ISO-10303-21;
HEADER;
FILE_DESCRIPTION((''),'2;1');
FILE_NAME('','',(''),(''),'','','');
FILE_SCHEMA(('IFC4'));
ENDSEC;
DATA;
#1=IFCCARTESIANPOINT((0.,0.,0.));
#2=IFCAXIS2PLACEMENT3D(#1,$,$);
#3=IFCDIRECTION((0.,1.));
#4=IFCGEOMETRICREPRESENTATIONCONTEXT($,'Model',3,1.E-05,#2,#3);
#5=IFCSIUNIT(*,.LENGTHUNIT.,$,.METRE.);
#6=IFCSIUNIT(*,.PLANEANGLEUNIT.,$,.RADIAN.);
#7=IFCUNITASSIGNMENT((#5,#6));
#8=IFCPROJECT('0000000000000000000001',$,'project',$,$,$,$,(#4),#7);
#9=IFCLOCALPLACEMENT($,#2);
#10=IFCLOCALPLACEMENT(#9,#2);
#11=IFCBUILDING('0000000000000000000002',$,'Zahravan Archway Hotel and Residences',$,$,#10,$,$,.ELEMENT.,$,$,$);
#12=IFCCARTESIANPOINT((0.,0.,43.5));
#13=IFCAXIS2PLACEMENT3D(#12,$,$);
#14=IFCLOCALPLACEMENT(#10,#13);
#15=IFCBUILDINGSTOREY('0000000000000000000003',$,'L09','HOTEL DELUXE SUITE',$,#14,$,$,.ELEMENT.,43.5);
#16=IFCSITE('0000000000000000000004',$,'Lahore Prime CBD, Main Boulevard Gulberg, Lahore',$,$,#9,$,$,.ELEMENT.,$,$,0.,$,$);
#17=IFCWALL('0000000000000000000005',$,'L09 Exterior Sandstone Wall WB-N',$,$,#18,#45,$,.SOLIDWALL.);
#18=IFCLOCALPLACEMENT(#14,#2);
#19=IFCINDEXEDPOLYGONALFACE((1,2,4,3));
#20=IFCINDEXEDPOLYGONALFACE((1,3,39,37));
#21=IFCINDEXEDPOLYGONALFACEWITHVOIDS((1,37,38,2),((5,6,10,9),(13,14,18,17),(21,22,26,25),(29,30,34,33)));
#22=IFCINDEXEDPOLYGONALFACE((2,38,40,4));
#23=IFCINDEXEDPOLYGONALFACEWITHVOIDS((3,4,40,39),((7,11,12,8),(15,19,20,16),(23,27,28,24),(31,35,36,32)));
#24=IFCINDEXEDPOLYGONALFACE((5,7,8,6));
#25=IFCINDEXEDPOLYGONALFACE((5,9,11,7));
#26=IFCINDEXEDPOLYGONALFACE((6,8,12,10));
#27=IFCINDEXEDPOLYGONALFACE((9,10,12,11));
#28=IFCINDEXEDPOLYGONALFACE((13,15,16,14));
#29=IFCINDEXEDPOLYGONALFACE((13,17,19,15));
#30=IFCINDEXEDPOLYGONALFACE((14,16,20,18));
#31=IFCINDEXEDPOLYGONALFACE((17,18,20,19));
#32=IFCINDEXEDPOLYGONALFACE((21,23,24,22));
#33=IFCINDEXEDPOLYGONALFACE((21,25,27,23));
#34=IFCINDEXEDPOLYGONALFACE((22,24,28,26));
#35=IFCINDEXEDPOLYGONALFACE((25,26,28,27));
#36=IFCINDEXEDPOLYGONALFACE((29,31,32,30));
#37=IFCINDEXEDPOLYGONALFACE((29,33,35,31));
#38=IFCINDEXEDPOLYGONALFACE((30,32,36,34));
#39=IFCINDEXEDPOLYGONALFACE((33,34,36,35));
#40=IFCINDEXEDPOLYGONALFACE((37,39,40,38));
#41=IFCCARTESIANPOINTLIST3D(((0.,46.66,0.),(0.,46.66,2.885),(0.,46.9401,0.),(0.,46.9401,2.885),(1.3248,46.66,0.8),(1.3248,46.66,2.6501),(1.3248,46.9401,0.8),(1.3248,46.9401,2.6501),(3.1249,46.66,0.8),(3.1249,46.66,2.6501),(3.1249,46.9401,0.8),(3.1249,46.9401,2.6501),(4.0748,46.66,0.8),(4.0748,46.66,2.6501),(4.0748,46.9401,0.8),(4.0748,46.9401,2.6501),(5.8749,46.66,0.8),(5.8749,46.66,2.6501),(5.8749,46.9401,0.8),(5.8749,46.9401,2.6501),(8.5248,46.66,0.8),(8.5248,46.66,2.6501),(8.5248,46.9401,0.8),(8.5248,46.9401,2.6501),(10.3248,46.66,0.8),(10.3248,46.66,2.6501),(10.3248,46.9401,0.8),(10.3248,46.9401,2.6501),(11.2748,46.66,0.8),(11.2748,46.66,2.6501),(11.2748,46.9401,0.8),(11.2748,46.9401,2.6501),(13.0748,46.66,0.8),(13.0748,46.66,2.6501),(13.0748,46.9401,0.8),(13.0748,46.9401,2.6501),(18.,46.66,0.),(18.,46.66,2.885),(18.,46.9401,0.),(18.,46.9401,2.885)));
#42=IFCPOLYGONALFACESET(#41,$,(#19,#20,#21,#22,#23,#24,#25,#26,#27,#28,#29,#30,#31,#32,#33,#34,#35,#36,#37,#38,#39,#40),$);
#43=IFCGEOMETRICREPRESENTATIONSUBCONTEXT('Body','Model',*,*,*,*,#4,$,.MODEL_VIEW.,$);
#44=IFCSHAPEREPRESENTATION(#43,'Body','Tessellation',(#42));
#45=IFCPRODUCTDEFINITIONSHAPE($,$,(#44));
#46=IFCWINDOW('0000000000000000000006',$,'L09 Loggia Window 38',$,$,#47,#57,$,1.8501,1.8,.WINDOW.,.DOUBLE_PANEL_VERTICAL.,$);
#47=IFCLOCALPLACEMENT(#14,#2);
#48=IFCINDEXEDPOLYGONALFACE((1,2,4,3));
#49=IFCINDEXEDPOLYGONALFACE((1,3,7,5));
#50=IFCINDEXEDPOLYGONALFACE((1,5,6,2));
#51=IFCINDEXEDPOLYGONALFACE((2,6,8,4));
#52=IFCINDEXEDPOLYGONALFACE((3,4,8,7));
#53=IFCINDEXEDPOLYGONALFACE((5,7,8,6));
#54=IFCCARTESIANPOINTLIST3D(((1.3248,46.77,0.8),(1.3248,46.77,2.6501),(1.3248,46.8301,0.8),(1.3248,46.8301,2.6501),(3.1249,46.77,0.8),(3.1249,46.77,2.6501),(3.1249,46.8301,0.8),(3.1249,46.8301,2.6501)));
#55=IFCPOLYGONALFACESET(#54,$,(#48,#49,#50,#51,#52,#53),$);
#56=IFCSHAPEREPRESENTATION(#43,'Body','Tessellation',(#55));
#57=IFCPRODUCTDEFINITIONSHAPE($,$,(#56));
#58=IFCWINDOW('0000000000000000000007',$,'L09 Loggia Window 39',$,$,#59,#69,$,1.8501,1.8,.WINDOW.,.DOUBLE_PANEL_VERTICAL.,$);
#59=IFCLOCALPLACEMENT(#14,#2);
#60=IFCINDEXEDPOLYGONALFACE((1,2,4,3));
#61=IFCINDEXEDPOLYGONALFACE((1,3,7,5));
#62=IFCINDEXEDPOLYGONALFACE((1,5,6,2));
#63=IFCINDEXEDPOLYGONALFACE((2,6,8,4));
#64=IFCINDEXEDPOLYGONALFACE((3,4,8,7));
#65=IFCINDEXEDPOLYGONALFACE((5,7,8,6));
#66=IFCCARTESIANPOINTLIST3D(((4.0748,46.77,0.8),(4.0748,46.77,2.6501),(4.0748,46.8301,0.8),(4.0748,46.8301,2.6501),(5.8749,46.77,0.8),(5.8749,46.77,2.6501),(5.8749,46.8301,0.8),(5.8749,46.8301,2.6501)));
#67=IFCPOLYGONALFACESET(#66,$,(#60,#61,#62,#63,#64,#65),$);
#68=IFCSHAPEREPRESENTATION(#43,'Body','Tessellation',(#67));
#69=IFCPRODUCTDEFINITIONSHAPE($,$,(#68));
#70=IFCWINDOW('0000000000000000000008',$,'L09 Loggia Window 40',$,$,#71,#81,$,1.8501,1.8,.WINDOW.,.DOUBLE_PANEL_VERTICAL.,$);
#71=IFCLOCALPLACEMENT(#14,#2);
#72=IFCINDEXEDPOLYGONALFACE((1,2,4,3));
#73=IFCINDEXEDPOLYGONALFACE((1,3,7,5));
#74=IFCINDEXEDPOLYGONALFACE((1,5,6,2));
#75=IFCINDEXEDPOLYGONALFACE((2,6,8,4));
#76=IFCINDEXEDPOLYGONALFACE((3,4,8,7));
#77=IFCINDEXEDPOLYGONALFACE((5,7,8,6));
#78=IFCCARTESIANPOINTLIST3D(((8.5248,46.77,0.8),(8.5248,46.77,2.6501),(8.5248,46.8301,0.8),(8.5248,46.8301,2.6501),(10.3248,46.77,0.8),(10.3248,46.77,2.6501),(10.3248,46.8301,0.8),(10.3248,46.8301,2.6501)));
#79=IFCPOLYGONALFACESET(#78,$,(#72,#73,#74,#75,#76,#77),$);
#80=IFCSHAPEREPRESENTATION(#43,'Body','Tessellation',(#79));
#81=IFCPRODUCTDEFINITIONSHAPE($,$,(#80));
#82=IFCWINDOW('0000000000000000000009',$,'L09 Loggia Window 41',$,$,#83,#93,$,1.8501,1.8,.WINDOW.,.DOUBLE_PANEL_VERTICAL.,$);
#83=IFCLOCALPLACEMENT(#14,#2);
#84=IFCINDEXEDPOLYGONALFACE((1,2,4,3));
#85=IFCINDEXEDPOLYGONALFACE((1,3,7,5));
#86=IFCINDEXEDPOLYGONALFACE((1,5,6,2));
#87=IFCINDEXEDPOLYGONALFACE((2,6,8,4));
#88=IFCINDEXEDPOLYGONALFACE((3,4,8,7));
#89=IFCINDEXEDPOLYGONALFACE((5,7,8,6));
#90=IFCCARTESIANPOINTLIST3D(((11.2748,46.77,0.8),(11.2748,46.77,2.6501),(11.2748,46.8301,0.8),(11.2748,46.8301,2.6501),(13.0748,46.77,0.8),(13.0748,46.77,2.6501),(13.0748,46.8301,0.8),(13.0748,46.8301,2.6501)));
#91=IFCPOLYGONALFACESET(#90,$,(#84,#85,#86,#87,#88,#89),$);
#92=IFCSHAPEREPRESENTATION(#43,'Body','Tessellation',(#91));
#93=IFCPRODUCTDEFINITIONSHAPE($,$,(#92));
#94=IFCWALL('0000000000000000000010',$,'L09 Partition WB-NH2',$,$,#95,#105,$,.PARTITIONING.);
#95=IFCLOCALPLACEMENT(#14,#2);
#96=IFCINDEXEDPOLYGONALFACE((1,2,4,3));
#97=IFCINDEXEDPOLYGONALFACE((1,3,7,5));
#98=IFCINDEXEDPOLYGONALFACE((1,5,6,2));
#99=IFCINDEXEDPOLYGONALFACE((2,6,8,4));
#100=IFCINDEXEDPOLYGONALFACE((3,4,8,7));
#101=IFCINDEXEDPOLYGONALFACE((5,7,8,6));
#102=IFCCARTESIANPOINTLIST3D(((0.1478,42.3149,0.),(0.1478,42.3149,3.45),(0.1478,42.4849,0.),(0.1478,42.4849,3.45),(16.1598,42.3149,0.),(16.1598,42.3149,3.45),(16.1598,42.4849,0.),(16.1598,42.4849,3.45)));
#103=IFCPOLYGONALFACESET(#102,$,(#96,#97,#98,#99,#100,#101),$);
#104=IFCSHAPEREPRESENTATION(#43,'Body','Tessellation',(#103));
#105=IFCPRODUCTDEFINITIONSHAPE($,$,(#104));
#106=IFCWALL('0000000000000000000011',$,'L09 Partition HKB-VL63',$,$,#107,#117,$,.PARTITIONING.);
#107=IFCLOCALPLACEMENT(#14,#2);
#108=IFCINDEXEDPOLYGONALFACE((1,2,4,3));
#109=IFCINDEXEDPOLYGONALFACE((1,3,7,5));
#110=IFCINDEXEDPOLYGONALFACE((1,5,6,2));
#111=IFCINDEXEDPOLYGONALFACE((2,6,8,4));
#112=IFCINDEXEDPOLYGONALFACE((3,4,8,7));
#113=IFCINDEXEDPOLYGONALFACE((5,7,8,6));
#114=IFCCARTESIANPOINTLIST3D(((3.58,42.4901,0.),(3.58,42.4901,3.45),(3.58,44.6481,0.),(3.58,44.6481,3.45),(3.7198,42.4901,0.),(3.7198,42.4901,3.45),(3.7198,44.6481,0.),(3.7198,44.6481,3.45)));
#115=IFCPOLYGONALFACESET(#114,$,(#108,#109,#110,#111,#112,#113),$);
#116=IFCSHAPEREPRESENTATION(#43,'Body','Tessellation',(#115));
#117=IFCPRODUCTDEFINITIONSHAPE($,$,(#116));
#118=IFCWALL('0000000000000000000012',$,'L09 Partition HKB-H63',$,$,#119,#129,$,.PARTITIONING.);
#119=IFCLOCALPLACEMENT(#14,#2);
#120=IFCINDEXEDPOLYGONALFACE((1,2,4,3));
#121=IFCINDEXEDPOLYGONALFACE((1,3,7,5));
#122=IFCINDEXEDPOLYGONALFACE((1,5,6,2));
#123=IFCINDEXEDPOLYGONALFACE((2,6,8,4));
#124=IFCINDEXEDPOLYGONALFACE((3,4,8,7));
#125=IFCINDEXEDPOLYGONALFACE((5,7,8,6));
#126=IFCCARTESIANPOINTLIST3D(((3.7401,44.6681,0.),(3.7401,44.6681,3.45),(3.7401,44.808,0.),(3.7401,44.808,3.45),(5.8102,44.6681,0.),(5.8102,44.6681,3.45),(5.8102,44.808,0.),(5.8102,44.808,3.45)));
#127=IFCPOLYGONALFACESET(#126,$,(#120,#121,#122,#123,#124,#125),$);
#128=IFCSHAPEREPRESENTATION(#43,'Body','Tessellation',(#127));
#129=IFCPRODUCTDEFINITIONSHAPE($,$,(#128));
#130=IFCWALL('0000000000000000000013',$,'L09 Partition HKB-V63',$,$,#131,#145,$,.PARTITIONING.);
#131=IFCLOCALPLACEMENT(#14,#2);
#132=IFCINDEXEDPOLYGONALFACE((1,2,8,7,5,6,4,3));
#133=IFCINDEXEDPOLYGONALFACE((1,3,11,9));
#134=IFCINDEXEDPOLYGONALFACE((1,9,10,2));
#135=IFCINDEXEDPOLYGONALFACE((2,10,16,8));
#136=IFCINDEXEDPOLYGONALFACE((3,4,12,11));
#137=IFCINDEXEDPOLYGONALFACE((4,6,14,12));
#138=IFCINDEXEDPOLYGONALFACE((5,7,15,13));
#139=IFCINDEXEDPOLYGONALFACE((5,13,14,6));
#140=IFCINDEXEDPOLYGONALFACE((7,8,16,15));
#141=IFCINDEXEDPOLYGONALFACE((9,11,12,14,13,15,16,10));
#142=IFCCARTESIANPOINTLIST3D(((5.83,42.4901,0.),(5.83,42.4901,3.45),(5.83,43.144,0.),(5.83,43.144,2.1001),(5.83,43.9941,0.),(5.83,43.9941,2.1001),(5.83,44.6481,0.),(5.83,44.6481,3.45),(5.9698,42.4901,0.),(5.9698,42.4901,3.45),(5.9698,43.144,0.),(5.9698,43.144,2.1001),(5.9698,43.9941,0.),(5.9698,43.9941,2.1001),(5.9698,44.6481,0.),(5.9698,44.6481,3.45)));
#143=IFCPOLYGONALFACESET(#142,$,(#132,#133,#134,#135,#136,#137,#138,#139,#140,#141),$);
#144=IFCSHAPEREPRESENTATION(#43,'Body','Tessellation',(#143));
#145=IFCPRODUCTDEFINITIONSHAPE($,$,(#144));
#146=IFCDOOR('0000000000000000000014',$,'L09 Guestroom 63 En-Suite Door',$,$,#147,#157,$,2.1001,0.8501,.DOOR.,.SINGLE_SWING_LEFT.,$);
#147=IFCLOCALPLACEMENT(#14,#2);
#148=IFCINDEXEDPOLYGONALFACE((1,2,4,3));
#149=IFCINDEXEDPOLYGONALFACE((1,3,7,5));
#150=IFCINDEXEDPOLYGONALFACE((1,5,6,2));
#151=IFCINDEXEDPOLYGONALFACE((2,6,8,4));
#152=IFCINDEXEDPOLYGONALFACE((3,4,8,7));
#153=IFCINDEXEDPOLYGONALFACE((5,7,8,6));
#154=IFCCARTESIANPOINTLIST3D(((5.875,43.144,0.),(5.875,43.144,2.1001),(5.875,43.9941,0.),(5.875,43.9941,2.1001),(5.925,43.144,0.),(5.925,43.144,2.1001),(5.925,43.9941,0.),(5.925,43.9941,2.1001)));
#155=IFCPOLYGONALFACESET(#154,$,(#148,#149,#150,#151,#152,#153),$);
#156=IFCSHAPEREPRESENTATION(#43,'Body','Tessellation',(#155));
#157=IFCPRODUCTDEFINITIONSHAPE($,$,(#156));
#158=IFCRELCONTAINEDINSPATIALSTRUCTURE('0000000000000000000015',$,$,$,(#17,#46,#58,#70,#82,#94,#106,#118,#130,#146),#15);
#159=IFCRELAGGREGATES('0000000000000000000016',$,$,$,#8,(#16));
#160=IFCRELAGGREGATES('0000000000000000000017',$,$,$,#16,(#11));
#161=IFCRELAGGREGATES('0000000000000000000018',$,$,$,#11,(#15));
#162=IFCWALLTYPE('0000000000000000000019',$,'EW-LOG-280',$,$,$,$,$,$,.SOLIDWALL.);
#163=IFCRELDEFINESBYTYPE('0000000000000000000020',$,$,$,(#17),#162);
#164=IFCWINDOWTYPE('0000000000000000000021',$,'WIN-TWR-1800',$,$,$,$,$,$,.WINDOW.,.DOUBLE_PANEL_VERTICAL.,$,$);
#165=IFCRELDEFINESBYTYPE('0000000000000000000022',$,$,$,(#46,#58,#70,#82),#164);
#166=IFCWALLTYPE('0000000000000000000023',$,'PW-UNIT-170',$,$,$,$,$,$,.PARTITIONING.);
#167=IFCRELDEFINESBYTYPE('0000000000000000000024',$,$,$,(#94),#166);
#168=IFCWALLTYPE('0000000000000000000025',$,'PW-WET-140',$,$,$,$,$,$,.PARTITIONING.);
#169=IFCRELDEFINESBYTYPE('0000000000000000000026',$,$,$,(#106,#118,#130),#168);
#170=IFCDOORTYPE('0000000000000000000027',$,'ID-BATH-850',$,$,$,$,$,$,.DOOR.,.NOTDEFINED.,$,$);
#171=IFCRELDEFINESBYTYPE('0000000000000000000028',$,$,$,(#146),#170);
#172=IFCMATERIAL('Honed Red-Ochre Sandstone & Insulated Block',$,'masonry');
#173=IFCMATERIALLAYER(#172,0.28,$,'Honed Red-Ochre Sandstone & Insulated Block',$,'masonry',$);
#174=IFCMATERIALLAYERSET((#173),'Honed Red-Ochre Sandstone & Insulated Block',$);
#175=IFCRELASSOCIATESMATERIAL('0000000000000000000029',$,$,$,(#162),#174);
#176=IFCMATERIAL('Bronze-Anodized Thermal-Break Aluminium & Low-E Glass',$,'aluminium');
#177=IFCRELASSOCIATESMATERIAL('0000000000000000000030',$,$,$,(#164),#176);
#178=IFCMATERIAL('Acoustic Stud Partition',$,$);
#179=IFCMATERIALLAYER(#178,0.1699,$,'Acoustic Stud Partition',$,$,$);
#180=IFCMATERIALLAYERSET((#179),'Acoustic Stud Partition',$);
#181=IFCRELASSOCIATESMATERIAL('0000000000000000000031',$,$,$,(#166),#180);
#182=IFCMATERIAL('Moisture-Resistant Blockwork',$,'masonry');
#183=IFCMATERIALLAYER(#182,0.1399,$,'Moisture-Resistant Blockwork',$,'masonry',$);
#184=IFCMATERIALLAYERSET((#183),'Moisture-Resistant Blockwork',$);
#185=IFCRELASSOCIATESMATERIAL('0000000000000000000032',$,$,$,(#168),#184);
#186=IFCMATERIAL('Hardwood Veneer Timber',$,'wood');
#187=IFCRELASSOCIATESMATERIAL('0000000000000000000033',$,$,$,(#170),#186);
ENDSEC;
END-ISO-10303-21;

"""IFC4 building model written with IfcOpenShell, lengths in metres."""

from ifc_helpers import new_model, si_unit, direction, frame, frame_2d, origin, place, context, subcontext, project, spatial, rectangle, extrude, source, transform, mapped, material, layer, layer_set, type_object, type_shapes, element, fill, save


model = new_model("IFC4")

# Units and contexts
model_context = context("Model", 3, precision=1e-05, world=origin(), true_north=direction((0.0, 1.0)))
body_context = subcontext(model_context, "Body", "Model", "MODEL_VIEW")
ifc_project = project(units=[si_unit("LENGTHUNIT", "METRE"), si_unit("PLANEANGLEUNIT", "RADIAN")], contexts=[model_context])

# Site, building, storey
site_placement = place(None, origin())
site = spatial("IfcSite", under=ifc_project, at=site_placement, Name="Lahore Prime CBD, Main Boulevard Gulberg, Lahore", CompositionType="ELEMENT", RefElevation=0.0)
building_placement = place(site_placement, origin())
building = spatial("IfcBuilding", under=site, at=building_placement, Name="Zahravan Archway Hotel and Residences", CompositionType="ELEMENT")
storey_placement = place(building_placement, frame((0.0, 0.0, 43.5)))
storey = spatial("IfcBuildingStorey", under=building, at=storey_placement, Name="L09", Description="HOTEL DELUXE SUITE", CompositionType="ELEMENT", Elevation=43.5)

# Wall, openings, windows
ifc_material_1 = material(Name="Honed Red-Ochre Sandstone & Insulated Block", Category="masonry")
ifc_layer_1 = layer(ifc_material_1, 0.28, Name="Honed Red-Ochre Sandstone & Insulated Block", Category="masonry")
ifc_layer_set_1 = layer_set([ifc_layer_1], Name="Honed Red-Ochre Sandstone & Insulated Block")
wall_type_1 = type_object("IfcWallType", Name="EW-LOG-280", PredefinedType="SOLIDWALL", material=ifc_layer_set_1)
wall_1_placement = place(storey_placement, frame((0.0, 46.8, 0.0), z_axis=(0.0, 0.0, 1.0), x_axis=(1.0, 0.0, 0.0)))
wall_1 = element("IfcWall", 1, at=wall_1_placement, inside=storey, type_object=wall_type_1, Name="L09 Exterior Sandstone Wall WB-N", PredefinedType="SOLIDWALL", context=body_context, shape_type="SweptSolid", body=[
    extrude(rectangle(XDim=18.0, YDim=0.28, at=frame_2d((9.0, 0.0))), origin(), (0.0, 0.0, 1.0), 2.885),
])
opening_1_placement = place(wall_1_placement, frame((1.325, 0.0, 0.8)))
opening_1 = element("IfcOpeningElement", 2, at=opening_1_placement, cuts=wall_1, PredefinedType="OPENING", context=body_context, shape_type="SweptSolid", body=[
    extrude(rectangle(XDim=1.8, YDim=1.8501, at=frame_2d((0.8999, 0.925))), frame((0.0, 0.1499, 0.0), z_axis=(0.0, -1.0, 0.0), x_axis=(1.0, 0.0, 0.0)), (0.0, 0.0, 1.0), 0.3),
])
opening_2_placement = place(wall_1_placement, frame((4.075, 0.0, 0.8)))
opening_2 = element("IfcOpeningElement", 3, at=opening_2_placement, cuts=wall_1, PredefinedType="OPENING", context=body_context, shape_type="SweptSolid", body=[
    extrude(rectangle(XDim=1.8, YDim=1.8501, at=frame_2d((0.8999, 0.925))), frame((0.0, 0.1499, 0.0), z_axis=(0.0, -1.0, 0.0), x_axis=(1.0, 0.0, 0.0)), (0.0, 0.0, 1.0), 0.3),
])
opening_3_placement = place(wall_1_placement, frame((8.5249, 0.0, 0.8)))
opening_3 = element("IfcOpeningElement", 4, at=opening_3_placement, cuts=wall_1, PredefinedType="OPENING", context=body_context, shape_type="SweptSolid", body=[
    extrude(rectangle(XDim=1.8, YDim=1.8501, at=frame_2d((0.8999, 0.925))), frame((0.0, 0.1499, 0.0), z_axis=(0.0, -1.0, 0.0), x_axis=(1.0, 0.0, 0.0)), (0.0, 0.0, 1.0), 0.3),
])
opening_4_placement = place(wall_1_placement, frame((11.2749, 0.0, 0.8)))
opening_4 = element("IfcOpeningElement", 5, at=opening_4_placement, cuts=wall_1, PredefinedType="OPENING", context=body_context, shape_type="SweptSolid", body=[
    extrude(rectangle(XDim=1.8, YDim=1.8501, at=frame_2d((0.8999, 0.925))), frame((0.0, 0.1499, 0.0), z_axis=(0.0, -1.0, 0.0), x_axis=(1.0, 0.0, 0.0)), (0.0, 0.0, 1.0), 0.3),
])
ifc_material_2 = material(Name="Bronze-Anodized Thermal-Break Aluminium & Low-E Glass", Category="aluminium")
window_type = type_object("IfcWindowType", Name="WIN-TWR-1800", PartitioningType="DOUBLE_PANEL_VERTICAL", PredefinedType="WINDOW", material=ifc_material_2)
shared_shape_1 = source(origin(), body_context, "Body", "SweptSolid", [
    extrude(rectangle(XDim=1.8, YDim=1.8501, at=frame_2d((0.8999, 0.925))), frame((0.0, 0.03, 0.0), z_axis=(0.0, -1.0, 0.0), x_axis=(1.0, 0.0, 0.0)), (0.0, 0.0, 1.0), 0.0601),
])
type_shapes(window_type, [shared_shape_1])
window_1_placement = place(opening_1_placement, origin())
window_1 = element("IfcWindow", 6, at=window_1_placement, inside=storey, type_object=window_type, Name="L09 Loggia Window 38", OverallHeight=1.8501, OverallWidth=1.8, PartitioningType="DOUBLE_PANEL_VERTICAL", PredefinedType="WINDOW", context=body_context, shape_type="MappedRepresentation", body=[
    mapped(shared_shape_1, transform((0.0, 0.0, 0.0), scale=1.0)),
])
fill(opening_1, window_1)
window_2_placement = place(opening_2_placement, origin())
window_2 = element("IfcWindow", 7, at=window_2_placement, inside=storey, type_object=window_type, Name="L09 Loggia Window 39", OverallHeight=1.8501, OverallWidth=1.8, PartitioningType="DOUBLE_PANEL_VERTICAL", PredefinedType="WINDOW", context=body_context, shape_type="MappedRepresentation", body=[
    mapped(shared_shape_1, transform((0.0, 0.0, 0.0), scale=1.0)),
])
fill(opening_2, window_2)
window_3_placement = place(opening_3_placement, origin())
window_3 = element("IfcWindow", 8, at=window_3_placement, inside=storey, type_object=window_type, Name="L09 Loggia Window 40", OverallHeight=1.8501, OverallWidth=1.8, PartitioningType="DOUBLE_PANEL_VERTICAL", PredefinedType="WINDOW", context=body_context, shape_type="MappedRepresentation", body=[
    mapped(shared_shape_1, transform((0.0, 0.0, 0.0), scale=1.0)),
])
fill(opening_3, window_3)
window_4_placement = place(opening_4_placement, origin())
window_4 = element("IfcWindow", 9, at=window_4_placement, inside=storey, type_object=window_type, Name="L09 Loggia Window 41", OverallHeight=1.8501, OverallWidth=1.8, PartitioningType="DOUBLE_PANEL_VERTICAL", PredefinedType="WINDOW", context=body_context, shape_type="MappedRepresentation", body=[
    mapped(shared_shape_1, transform((0.0, 0.0, 0.0), scale=1.0)),
])
fill(opening_4, window_4)

# Shared definitions
ifc_material_3 = material(Name="Acoustic Stud Partition")
ifc_layer_2 = layer(ifc_material_3, 0.1699, Name="Acoustic Stud Partition")
ifc_layer_set_2 = layer_set([ifc_layer_2], Name="Acoustic Stud Partition")
wall_type_2 = type_object("IfcWallType", Name="PW-UNIT-170", PredefinedType="PARTITIONING", material=ifc_layer_set_2)
ifc_material_4 = material(Name="Hardwood Veneer Timber", Category="wood")

# Walls
wall_2_placement = place(storey_placement, frame((0.1479, 42.3999, 0.0), z_axis=(0.0, 0.0, 1.0), x_axis=(1.0, 0.0, 0.0)))
element("IfcWall", 10, at=wall_2_placement, inside=storey, type_object=wall_type_2, Name="L09 Partition WB-NH2", PredefinedType="PARTITIONING", context=body_context, shape_type="SweptSolid", body=[
    extrude(rectangle(XDim=16.012, YDim=0.1699, at=frame_2d((8.0059, 0.0))), origin(), (0.0, 0.0, 1.0), 3.45),
])
ifc_material_5 = material(Name="Moisture-Resistant Blockwork", Category="masonry")
ifc_layer_3 = layer(ifc_material_5, 0.1399, Name="Moisture-Resistant Blockwork", Category="masonry")
ifc_layer_set_3 = layer_set([ifc_layer_3], Name="Moisture-Resistant Blockwork")
wall_type_3 = type_object("IfcWallType", Name="PW-WET-140", PredefinedType="PARTITIONING", material=ifc_layer_set_3)
wall_3_placement = place(storey_placement, frame((3.6499, 42.49, 0.0), z_axis=(0.0, 0.0, 1.0), x_axis=(0.0, 1.0, 0.0)))
element("IfcWall", 11, at=wall_3_placement, inside=storey, type_object=wall_type_3, Name="L09 Partition HKB-VL63", PredefinedType="PARTITIONING", context=body_context, shape_type="SweptSolid", body=[
    extrude(rectangle(XDim=2.158, YDim=0.1399, at=frame_2d((1.0791, 0.0))), origin(), (0.0, 0.0, 1.0), 3.45),
])
wall_4_placement = place(storey_placement, frame((3.74, 44.738, 0.0), z_axis=(0.0, 0.0, 1.0), x_axis=(1.0, 0.0, 0.0)))
element("IfcWall", 12, at=wall_4_placement, inside=storey, type_object=wall_type_3, Name="L09 Partition HKB-H63", PredefinedType="PARTITIONING", context=body_context, shape_type="SweptSolid", body=[
    extrude(rectangle(XDim=2.0701, YDim=0.1399, at=frame_2d((1.0352, 0.0))), origin(), (0.0, 0.0, 1.0), 3.45),
])

# Wall, opening, door
wall_5_placement = place(storey_placement, frame((5.8999, 42.49, 0.0), z_axis=(0.0, 0.0, 1.0), x_axis=(0.0, 1.0, 0.0)))
wall_5 = element("IfcWall", 13, at=wall_5_placement, inside=storey, type_object=wall_type_3, Name="L09 Partition HKB-V63", PredefinedType="PARTITIONING", context=body_context, shape_type="SweptSolid", body=[
    extrude(rectangle(XDim=2.158, YDim=0.1399, at=frame_2d((1.0791, 0.0))), origin(), (0.0, 0.0, 1.0), 3.45),
])
opening_5_placement = place(wall_5_placement, frame((0.6541, 0.0, 0.0)))
opening_5 = element("IfcOpeningElement", 14, at=opening_5_placement, cuts=wall_5, PredefinedType="OPENING", context=body_context, shape_type="SweptSolid", body=[
    extrude(rectangle(XDim=0.8501, YDim=2.1001, at=frame_2d((0.425, 1.05))), frame((0.0, 0.0801, 0.0), z_axis=(0.0, -1.0, 0.0), x_axis=(1.0, 0.0, 0.0)), (0.0, 0.0, 1.0), 0.1599),
])
door_type_1 = type_object("IfcDoorType", Name="ID-BATH-850", OperationType="NOTDEFINED", PredefinedType="DOOR", material=ifc_material_4)
shared_shape_2 = source(origin(), body_context, "Body", "SweptSolid", [
    extrude(rectangle(XDim=0.8501, YDim=2.1001, at=frame_2d((0.425, 1.05))), frame((0.0, 0.0249, 0.0), z_axis=(0.0, -1.0, 0.0), x_axis=(1.0, 0.0, 0.0)), (0.0, 0.0, 1.0), 0.05),
])
type_shapes(door_type_1, [shared_shape_2])
door_1_placement = place(opening_5_placement, origin())
door_1 = element("IfcDoor", 15, at=door_1_placement, inside=storey, type_object=door_type_1, Name="L09 Guestroom 63 En-Suite Door", OperationType="SINGLE_SWING_LEFT", OverallHeight=2.1001, OverallWidth=0.8501, PredefinedType="DOOR", context=body_context, shape_type="MappedRepresentation", body=[
    mapped(shared_shape_2, transform((0.0, 0.0, 0.0), scale=1.0)),
])
fill(opening_5, door_1)

save(model, "model.ifc")
